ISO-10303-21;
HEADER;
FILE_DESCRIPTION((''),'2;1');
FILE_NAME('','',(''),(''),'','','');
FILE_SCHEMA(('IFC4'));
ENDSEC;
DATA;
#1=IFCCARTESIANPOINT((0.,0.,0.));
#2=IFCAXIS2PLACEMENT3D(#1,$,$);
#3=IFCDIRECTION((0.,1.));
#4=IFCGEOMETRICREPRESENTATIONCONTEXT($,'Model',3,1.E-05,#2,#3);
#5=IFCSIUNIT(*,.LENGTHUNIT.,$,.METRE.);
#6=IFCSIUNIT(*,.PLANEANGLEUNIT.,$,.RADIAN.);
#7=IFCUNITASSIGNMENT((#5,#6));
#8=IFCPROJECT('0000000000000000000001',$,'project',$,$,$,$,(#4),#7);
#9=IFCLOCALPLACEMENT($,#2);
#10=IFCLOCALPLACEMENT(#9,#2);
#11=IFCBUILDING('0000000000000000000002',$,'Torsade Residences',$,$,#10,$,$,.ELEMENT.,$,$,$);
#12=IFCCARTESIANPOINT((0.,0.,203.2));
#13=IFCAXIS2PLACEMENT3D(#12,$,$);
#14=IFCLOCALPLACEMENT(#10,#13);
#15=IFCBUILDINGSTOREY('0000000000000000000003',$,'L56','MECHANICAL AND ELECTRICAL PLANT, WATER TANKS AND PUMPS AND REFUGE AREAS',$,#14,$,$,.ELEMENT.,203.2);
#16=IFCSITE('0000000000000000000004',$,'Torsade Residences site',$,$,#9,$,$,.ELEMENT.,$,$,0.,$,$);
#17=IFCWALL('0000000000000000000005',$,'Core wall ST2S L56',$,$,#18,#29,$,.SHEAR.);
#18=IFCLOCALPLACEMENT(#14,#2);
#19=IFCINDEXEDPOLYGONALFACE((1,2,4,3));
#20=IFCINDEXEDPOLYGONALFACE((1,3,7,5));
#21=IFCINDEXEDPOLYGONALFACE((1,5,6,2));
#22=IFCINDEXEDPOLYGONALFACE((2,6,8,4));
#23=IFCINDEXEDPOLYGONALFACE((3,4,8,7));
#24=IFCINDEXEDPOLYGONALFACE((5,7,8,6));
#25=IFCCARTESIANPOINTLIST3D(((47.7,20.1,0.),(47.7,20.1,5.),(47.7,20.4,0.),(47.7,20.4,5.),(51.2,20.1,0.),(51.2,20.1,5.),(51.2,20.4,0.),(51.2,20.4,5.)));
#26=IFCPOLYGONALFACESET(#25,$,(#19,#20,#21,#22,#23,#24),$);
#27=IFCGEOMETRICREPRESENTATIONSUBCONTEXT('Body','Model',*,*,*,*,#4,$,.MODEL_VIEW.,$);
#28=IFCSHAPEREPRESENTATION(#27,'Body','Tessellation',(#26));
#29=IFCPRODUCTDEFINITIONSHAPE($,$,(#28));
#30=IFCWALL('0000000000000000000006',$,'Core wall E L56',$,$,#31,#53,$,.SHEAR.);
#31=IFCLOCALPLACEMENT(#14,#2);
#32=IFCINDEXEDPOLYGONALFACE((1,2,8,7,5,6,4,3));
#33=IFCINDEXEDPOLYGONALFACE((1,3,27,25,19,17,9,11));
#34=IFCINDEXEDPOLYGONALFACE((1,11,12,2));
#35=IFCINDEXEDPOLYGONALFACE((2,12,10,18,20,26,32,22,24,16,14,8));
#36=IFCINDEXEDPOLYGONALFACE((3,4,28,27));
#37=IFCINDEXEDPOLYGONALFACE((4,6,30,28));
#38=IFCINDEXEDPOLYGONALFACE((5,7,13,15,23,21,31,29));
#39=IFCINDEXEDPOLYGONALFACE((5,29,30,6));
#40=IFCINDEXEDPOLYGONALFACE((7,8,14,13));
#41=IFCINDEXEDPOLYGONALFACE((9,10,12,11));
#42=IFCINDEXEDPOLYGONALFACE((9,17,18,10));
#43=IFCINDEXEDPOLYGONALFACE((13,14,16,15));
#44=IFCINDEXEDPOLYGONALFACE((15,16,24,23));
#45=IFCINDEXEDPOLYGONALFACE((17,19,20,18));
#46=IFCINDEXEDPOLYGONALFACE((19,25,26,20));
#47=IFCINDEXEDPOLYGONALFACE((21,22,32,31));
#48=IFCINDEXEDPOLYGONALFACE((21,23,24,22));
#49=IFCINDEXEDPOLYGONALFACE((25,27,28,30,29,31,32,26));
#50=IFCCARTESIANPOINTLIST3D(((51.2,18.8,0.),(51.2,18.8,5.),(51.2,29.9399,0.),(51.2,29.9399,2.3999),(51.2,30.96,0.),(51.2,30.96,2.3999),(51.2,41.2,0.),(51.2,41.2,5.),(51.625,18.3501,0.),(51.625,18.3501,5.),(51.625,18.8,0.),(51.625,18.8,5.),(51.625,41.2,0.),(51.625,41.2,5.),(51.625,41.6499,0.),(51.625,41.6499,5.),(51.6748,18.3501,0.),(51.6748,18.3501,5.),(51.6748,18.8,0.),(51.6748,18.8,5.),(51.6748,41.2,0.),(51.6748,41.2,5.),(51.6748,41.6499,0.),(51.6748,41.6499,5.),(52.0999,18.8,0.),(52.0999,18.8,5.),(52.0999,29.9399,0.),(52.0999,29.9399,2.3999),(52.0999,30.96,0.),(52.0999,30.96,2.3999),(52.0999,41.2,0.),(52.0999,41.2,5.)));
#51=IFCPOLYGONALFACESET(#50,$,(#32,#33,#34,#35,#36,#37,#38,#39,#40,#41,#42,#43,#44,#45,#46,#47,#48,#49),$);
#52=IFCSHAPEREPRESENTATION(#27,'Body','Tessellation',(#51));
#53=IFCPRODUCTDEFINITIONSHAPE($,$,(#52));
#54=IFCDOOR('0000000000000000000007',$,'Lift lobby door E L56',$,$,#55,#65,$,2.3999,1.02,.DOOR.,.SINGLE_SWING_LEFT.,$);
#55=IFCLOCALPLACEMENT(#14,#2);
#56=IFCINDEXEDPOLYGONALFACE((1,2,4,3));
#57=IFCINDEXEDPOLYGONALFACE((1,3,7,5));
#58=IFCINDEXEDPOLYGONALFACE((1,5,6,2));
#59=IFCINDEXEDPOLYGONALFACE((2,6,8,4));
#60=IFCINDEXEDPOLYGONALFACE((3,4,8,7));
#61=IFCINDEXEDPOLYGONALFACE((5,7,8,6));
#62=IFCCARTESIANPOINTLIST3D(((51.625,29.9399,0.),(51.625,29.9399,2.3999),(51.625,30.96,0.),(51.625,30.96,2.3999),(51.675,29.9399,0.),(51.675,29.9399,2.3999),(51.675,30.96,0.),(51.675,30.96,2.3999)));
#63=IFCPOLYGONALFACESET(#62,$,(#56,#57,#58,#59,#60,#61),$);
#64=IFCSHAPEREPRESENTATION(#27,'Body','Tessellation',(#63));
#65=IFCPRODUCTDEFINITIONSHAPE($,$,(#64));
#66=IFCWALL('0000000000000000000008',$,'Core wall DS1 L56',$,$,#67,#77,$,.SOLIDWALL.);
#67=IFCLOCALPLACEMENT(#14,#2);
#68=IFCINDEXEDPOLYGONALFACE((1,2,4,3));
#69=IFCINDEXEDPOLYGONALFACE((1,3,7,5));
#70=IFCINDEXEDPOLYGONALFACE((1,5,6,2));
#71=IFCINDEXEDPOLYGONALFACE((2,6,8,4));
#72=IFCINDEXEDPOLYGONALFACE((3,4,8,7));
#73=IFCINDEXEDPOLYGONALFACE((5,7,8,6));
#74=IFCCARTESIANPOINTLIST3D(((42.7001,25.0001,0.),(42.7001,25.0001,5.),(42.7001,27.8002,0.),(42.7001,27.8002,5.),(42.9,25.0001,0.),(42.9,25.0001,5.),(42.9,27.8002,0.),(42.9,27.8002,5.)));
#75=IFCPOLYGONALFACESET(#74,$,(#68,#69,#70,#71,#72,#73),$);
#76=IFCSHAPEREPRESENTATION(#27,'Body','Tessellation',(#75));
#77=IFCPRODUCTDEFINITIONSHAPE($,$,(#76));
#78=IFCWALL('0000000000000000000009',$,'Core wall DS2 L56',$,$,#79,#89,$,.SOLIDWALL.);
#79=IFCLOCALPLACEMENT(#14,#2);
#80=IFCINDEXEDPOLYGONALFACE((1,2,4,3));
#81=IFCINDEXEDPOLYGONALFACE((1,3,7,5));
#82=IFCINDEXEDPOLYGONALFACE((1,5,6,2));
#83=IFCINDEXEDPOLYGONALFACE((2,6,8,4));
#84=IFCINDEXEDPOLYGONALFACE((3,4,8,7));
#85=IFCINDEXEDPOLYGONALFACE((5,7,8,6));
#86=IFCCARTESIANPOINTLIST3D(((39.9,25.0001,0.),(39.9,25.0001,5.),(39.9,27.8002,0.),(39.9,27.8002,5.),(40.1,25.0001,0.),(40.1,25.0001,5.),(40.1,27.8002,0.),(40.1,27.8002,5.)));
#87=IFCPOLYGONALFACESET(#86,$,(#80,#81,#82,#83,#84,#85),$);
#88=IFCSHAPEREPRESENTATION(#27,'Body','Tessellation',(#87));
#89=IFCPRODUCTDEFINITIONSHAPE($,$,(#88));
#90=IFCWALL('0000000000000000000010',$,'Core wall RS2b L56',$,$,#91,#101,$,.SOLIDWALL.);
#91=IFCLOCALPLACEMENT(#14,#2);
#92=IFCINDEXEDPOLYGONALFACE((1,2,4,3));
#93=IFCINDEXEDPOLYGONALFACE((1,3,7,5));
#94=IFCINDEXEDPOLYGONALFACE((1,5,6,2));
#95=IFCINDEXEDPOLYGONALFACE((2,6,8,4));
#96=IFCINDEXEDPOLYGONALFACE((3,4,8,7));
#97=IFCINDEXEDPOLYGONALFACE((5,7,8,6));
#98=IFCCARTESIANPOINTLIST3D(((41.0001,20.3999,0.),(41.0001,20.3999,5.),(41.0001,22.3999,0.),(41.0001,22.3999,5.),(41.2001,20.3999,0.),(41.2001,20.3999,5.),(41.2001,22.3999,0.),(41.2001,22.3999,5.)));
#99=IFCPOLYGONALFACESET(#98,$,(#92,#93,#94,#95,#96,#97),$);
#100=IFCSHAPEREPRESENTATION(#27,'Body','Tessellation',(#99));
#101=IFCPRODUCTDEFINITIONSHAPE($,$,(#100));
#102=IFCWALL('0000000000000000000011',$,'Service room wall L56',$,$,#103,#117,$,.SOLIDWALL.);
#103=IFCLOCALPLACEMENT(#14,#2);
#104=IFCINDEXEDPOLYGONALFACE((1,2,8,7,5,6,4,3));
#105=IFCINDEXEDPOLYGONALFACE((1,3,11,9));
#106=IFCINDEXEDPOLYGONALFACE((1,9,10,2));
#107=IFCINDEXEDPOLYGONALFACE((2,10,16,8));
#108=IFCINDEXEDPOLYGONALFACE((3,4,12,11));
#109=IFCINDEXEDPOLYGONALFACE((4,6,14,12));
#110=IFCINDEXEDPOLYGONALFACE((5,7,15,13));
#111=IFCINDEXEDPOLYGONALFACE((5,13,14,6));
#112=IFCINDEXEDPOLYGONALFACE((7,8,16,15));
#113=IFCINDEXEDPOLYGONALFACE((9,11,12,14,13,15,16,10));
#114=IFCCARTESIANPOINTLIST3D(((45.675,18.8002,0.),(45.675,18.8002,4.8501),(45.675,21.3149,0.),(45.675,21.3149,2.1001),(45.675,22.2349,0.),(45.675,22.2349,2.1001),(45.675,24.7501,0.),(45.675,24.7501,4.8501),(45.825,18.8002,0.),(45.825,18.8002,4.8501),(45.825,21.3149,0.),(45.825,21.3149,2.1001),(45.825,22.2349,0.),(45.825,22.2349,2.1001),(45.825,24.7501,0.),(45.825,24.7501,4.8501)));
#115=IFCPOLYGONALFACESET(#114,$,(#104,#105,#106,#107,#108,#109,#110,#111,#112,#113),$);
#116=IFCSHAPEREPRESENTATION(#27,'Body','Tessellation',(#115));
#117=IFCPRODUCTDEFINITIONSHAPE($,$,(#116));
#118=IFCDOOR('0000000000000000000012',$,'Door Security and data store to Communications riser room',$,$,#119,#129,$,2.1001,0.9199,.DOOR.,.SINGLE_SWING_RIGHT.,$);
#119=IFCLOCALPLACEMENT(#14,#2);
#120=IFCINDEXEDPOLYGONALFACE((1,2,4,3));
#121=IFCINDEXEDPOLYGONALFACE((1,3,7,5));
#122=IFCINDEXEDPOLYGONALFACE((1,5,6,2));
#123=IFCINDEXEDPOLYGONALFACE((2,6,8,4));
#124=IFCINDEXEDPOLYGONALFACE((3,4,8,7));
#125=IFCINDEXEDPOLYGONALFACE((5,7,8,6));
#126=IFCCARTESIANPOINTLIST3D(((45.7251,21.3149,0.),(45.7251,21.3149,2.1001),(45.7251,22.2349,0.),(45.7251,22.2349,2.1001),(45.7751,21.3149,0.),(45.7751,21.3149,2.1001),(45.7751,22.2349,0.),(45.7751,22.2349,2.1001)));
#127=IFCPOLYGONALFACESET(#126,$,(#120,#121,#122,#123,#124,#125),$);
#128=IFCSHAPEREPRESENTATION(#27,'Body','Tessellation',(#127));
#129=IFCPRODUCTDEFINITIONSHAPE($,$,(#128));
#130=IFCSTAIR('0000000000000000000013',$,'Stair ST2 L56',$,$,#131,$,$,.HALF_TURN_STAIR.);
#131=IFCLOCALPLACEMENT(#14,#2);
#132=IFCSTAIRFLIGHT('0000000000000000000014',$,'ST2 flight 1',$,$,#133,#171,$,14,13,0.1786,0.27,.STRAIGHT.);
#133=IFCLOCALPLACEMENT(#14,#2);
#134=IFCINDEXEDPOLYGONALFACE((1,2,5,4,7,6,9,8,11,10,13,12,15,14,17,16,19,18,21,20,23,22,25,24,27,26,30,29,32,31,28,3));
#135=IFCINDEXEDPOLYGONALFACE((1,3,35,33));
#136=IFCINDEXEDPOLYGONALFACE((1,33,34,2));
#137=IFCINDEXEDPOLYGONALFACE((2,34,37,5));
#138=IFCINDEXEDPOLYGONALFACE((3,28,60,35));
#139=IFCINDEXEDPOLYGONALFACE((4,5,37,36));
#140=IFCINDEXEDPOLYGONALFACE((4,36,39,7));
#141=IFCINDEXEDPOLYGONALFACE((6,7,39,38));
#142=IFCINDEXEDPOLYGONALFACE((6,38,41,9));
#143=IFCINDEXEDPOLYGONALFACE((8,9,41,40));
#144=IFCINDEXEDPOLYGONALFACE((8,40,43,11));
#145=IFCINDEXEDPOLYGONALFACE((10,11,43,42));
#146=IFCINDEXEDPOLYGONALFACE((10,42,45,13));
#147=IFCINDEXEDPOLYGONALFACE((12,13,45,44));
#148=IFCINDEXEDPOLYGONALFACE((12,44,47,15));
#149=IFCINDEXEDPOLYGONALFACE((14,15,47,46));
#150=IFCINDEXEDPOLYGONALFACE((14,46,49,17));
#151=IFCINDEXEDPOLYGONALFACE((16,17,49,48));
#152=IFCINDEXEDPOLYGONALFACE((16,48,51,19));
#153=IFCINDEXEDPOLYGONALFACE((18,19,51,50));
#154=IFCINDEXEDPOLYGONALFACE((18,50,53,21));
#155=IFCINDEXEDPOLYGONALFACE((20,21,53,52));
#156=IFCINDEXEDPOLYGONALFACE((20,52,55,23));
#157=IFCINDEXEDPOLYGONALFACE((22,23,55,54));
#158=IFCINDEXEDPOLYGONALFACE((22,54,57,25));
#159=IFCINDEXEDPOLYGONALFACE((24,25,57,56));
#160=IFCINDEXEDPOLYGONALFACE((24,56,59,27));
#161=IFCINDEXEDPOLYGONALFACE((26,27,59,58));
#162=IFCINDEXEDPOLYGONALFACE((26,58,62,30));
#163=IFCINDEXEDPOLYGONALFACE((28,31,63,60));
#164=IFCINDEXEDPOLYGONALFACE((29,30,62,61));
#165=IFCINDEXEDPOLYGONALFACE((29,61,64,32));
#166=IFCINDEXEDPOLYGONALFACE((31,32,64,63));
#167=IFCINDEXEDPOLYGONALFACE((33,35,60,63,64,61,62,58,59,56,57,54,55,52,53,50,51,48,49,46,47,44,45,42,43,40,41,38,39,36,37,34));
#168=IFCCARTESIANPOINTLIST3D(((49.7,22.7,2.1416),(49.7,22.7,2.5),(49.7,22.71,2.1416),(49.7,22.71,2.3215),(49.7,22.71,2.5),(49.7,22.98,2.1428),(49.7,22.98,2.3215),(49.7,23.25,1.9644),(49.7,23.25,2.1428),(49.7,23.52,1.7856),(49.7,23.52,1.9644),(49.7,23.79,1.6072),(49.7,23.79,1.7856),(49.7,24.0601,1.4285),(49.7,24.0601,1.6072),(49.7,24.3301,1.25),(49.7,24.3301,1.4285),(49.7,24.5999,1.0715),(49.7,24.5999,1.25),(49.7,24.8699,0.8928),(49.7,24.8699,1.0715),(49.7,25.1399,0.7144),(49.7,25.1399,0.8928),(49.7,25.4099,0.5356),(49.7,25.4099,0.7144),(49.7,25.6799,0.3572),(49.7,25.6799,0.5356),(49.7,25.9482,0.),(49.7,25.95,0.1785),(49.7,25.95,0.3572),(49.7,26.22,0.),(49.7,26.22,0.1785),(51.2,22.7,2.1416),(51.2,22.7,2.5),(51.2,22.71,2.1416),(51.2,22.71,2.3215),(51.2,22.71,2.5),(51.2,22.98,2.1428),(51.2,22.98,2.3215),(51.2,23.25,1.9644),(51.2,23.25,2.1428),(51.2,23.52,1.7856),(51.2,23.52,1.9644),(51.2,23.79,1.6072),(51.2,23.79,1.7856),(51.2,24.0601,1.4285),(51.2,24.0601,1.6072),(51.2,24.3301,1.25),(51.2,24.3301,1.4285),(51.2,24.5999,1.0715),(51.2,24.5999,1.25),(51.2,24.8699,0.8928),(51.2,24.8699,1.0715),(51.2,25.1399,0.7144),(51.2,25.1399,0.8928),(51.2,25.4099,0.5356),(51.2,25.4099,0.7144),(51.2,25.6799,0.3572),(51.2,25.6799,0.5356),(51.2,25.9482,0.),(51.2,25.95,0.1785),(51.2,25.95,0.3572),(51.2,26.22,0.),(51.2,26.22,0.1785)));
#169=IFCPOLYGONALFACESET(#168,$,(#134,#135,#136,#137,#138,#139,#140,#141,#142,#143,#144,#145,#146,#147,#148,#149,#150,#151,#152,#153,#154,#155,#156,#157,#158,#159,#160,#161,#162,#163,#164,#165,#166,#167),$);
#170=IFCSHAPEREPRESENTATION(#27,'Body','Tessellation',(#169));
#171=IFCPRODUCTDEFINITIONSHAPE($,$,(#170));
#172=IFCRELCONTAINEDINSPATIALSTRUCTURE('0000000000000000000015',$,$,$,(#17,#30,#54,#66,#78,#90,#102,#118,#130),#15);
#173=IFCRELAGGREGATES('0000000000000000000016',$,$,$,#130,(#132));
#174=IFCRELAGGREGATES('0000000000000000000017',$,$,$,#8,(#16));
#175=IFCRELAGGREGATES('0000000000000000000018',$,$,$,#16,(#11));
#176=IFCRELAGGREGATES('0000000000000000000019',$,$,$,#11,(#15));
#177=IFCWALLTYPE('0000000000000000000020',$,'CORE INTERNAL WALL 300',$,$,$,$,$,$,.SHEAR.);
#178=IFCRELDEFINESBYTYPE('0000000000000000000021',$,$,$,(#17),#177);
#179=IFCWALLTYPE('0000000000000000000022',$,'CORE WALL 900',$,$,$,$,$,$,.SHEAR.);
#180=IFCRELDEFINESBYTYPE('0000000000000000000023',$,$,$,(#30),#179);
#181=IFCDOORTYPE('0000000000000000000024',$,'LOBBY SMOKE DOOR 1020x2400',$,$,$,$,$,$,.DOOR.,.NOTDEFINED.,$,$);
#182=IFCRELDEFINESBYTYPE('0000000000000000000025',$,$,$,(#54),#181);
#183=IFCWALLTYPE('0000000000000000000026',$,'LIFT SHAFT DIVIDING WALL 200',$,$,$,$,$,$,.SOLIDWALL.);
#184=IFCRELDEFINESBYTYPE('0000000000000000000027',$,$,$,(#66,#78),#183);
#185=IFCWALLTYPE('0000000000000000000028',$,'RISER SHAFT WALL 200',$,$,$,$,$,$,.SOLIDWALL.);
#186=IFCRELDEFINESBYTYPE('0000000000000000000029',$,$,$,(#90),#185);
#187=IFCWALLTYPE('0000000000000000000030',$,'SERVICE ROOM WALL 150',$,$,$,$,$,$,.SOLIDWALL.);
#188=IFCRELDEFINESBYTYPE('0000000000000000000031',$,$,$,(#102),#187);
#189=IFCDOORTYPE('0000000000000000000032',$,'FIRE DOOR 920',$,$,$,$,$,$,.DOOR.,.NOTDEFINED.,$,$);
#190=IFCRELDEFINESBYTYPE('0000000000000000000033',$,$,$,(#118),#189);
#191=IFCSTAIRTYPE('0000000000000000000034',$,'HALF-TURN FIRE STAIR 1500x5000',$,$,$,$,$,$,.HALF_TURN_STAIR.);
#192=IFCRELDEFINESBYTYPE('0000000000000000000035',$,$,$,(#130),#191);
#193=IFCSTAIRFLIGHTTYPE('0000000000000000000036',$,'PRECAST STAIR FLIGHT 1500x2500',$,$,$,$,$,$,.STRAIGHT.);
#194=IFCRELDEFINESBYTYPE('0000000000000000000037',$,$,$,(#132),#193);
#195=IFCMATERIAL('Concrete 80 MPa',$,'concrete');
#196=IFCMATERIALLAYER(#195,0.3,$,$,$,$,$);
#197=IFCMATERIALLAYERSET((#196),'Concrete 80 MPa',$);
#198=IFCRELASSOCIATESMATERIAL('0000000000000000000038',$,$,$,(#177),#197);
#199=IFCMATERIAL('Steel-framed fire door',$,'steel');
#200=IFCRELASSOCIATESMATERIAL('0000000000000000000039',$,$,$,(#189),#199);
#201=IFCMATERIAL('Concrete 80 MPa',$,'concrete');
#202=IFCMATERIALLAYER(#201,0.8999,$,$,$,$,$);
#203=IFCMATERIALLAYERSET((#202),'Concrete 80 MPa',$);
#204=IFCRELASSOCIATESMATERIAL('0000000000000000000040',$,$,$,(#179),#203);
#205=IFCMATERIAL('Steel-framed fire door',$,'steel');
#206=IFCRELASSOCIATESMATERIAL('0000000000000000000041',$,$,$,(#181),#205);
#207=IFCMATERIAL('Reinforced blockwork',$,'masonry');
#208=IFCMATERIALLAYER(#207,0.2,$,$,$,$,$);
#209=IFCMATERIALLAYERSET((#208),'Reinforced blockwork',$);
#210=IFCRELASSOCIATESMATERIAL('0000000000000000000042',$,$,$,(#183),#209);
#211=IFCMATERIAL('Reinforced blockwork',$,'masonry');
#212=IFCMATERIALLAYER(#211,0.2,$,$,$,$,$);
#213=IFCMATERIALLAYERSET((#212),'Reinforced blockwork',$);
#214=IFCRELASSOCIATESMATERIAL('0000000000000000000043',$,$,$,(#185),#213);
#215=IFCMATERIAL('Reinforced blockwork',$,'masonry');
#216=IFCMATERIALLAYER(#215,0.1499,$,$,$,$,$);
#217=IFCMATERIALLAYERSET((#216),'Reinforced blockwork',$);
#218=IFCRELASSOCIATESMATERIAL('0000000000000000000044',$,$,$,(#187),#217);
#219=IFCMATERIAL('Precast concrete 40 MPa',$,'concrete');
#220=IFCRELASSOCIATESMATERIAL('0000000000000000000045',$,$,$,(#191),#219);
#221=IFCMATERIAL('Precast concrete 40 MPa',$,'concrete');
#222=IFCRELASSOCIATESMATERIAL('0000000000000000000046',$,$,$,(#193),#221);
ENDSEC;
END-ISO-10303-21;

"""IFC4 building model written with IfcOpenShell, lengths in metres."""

from ifc_helpers import new_model, si_unit, direction, frame, frame_2d, origin, place, context, subcontext, project, spatial, polyline, rectangle, outline, extrude, material, layer, layer_set, type_object, element, fill, aggregate, save


model = new_model("IFC4")

# Units and contexts
model_context = context("Model", 3, precision=1e-05, world=origin(), true_north=direction((0.0, 1.0)))
body_context = subcontext(model_context, "Body", "Model", "MODEL_VIEW")
ifc_project = project(units=[si_unit("LENGTHUNIT", "METRE"), si_unit("PLANEANGLEUNIT", "RADIAN")], contexts=[model_context])

# Site, building, storey
site_placement = place(None, origin())
site = spatial("IfcSite", under=ifc_project, at=site_placement, Name="Torsade Residences site", CompositionType="ELEMENT", RefElevation=0.0)
building_placement = place(site_placement, origin())
building = spatial("IfcBuilding", under=site, at=building_placement, Name="Torsade Residences", CompositionType="ELEMENT")
storey_placement = place(building_placement, frame((0.0, 0.0, 203.2)))
storey = spatial("IfcBuildingStorey", under=building, at=storey_placement, Name="L56", Description="MECHANICAL AND ELECTRICAL PLANT, WATER TANKS AND PUMPS AND REFUGE AREAS", CompositionType="ELEMENT", Elevation=203.2)

# Shared definitions
ifc_material_1 = material(Name="Concrete 80 MPa", Category="concrete")
ifc_layer_1 = layer(ifc_material_1, 0.3)
ifc_layer_set_1 = layer_set([ifc_layer_1], Name="Concrete 80 MPa")
wall_type_1 = type_object("IfcWallType", Name="CORE INTERNAL WALL 300", PredefinedType="SHEAR", material=ifc_layer_set_1)
ifc_material_2 = material(Name="Steel-framed fire door", Category="steel")
door_type_1 = type_object("IfcDoorType", Name="FIRE DOOR 920", OperationType="NOTDEFINED", PredefinedType="DOOR", material=ifc_material_2)

# Wall
wall_1_placement = place(storey_placement, frame((51.2, 20.25, 0.0), z_axis=(0.0, 0.0, 1.0), x_axis=(-1.0, 0.0, 0.0)))
element("IfcWall", 1, at=wall_1_placement, inside=storey, type_object=wall_type_1, Name="Core wall ST2S L56", PredefinedType="SHEAR", context=body_context, shape_type="SweptSolid", body=[
    extrude(rectangle(XDim=3.5, YDim=0.3, at=frame_2d((1.75, 0.0))), origin(), (0.0, 0.0, 1.0), 5.0),
])

# Wall, opening, door
ifc_material_3 = material(Name="Concrete 80 MPa", Category="concrete")
ifc_layer_2 = layer(ifc_material_3, 0.8999)
ifc_layer_set_2 = layer_set([ifc_layer_2], Name="Concrete 80 MPa")
wall_type_2 = type_object("IfcWallType", Name="CORE WALL 900", PredefinedType="SHEAR", material=ifc_layer_set_2)
wall_2_placement = place(storey_placement, frame((51.6499, 18.8, 0.0), z_axis=(0.0, 0.0, 1.0), x_axis=(0.0, 1.0, 0.0)))
wall_2 = element("IfcWall", 2, at=wall_2_placement, inside=storey, type_object=wall_type_2, Name="Core wall E L56", PredefinedType="SHEAR", context=body_context, shape_type="SweptSolid", body=[
    extrude(outline(polyline([(0.0, -0.45), (22.3999, -0.45), (22.3999, -0.0249), (22.8499, -0.0249), (22.8499, 0.0249), (22.3999, 0.0249), (22.3999, 0.45), (0.0, 0.45), (0.0, 0.0249), (-0.45, 0.0249), (-0.45, -0.0249), (0.0, -0.0249), (0.0, -0.45)])), origin(), (0.0, 0.0, 1.0), 5.0),
])
opening_1_placement = place(wall_2_placement, frame((11.1399, 0.0, 0.0)))
opening_1 = element("IfcOpeningElement", 3, at=opening_1_placement, cuts=wall_2, PredefinedType="OPENING", context=body_context, shape_type="SweptSolid", body=[
    extrude(rectangle(XDim=1.02, YDim=2.3999, at=frame_2d((0.51, 1.2))), frame((0.0, 0.46, 0.0), z_axis=(0.0, -1.0, 0.0), x_axis=(1.0, 0.0, 0.0)), (0.0, 0.0, 1.0), 0.9199),
])
ifc_material_4 = material(Name="Steel-framed fire door", Category="steel")
door_type_2 = type_object("IfcDoorType", Name="LOBBY SMOKE DOOR 1020x2400", OperationType="NOTDEFINED", PredefinedType="DOOR", material=ifc_material_4)
door_1_placement = place(opening_1_placement, origin())
door_1 = element("IfcDoor", 4, at=door_1_placement, inside=storey, type_object=door_type_2, Name="Lift lobby door E L56", OperationType="SINGLE_SWING_LEFT", OverallHeight=2.3999, OverallWidth=1.02, PredefinedType="DOOR", context=body_context, shape_type="SweptSolid", body=[
    extrude(rectangle(XDim=1.02, YDim=2.3999, at=frame_2d((0.51, 1.2))), frame((0.0, 0.0249, 0.0), z_axis=(0.0, -1.0, 0.0), x_axis=(1.0, 0.0, 0.0)), (0.0, 0.0, 1.0), 0.05),
])
fill(opening_1, door_1)

# Walls
ifc_material_5 = material(Name="Reinforced blockwork", Category="masonry")
ifc_layer_3 = layer(ifc_material_5, 0.2)
ifc_layer_set_3 = layer_set([ifc_layer_3], Name="Reinforced blockwork")
wall_type_3 = type_object("IfcWallType", Name="LIFT SHAFT DIVIDING WALL 200", PredefinedType="SOLIDWALL", material=ifc_layer_set_3)
for number, where, z_axis, x_axis, name in (
    (5, (42.8, 27.8, 0.0), (0.0, 0.0, 1.0), (0.0, -1.0, 0.0), "Core wall DS1 L56"),
    (6, (40.0, 27.8, 0.0), (0.0, 0.0, 1.0), (0.0, -1.0, 0.0), "Core wall DS2 L56"),
):
    element("IfcWall", number, at=place(storey_placement, frame(where, z_axis=z_axis, x_axis=x_axis)), inside=storey, type_object=wall_type_3, Name=name, PredefinedType="SOLIDWALL", context=body_context, shape_type="SweptSolid", body=[
        extrude(rectangle(XDim=2.8, YDim=0.2, at=frame_2d((1.3999, 0.0))), origin(), (0.0, 0.0, 1.0), 5.0),
    ])
ifc_material_6 = material(Name="Reinforced blockwork", Category="masonry")
ifc_layer_4 = layer(ifc_material_6, 0.2)
ifc_layer_set_4 = layer_set([ifc_layer_4], Name="Reinforced blockwork")
wall_type_4 = type_object("IfcWallType", Name="RISER SHAFT WALL 200", PredefinedType="SOLIDWALL", material=ifc_layer_set_4)
wall_3_placement = place(storey_placement, frame((41.1001, 22.3999, 0.0), z_axis=(0.0, 0.0, 1.0), x_axis=(0.0, -1.0, 0.0)))
element("IfcWall", 7, at=wall_3_placement, inside=storey, type_object=wall_type_4, Name="Core wall RS2b L56", PredefinedType="SOLIDWALL", context=body_context, shape_type="SweptSolid", body=[
    extrude(rectangle(XDim=2.0, YDim=0.2, at=frame_2d((1.0, 0.0))), origin(), (0.0, 0.0, 1.0), 5.0),
])

# Wall, opening, door
ifc_material_7 = material(Name="Reinforced blockwork", Category="masonry")
ifc_layer_5 = layer(ifc_material_7, 0.1499)
ifc_layer_set_5 = layer_set([ifc_layer_5], Name="Reinforced blockwork")
wall_type_5 = type_object("IfcWallType", Name="SERVICE ROOM WALL 150", PredefinedType="SOLIDWALL", material=ifc_layer_set_5)
wall_4_placement = place(storey_placement, frame((45.75, 18.8, 0.0), z_axis=(0.0, 0.0, 1.0), x_axis=(0.0, 1.0, 0.0)))
wall_4 = element("IfcWall", 8, at=wall_4_placement, inside=storey, type_object=wall_type_5, Name="Service room wall L56", PredefinedType="SOLIDWALL", context=body_context, shape_type="SweptSolid", body=[
    extrude(rectangle(XDim=5.95, YDim=0.1499, at=frame_2d((2.9751, 0.0))), origin(), (0.0, 0.0, 1.0), 4.8501),
])
opening_2_placement = place(wall_4_placement, frame((2.5149, 0.0, 0.0)))
opening_2 = element("IfcOpeningElement", 9, at=opening_2_placement, cuts=wall_4, PredefinedType="OPENING", context=body_context, shape_type="SweptSolid", body=[
    extrude(rectangle(XDim=0.9199, YDim=2.1001, at=frame_2d((0.46, 1.05))), frame((0.0, 0.085, 0.0), z_axis=(0.0, -1.0, 0.0), x_axis=(1.0, 0.0, 0.0)), (0.0, 0.0, 1.0), 0.1699),
])
door_2_placement = place(opening_2_placement, origin())
door_2 = element("IfcDoor", 10, at=door_2_placement, inside=storey, type_object=door_type_1, Name="Door Security and data store to Communications riser room", OperationType="SINGLE_SWING_RIGHT", OverallHeight=2.1001, OverallWidth=0.9199, PredefinedType="DOOR", context=body_context, shape_type="SweptSolid", body=[
    extrude(rectangle(XDim=0.9199, YDim=2.1001, at=frame_2d((0.46, 1.05))), frame((0.0, 0.0249, 0.0), z_axis=(0.0, -1.0, 0.0), x_axis=(1.0, 0.0, 0.0)), (0.0, 0.0, 1.0), 0.05),
])
fill(opening_2, door_2)

# Stair, stair flight
ifc_material_8 = material(Name="Precast concrete 40 MPa", Category="concrete")
stair_type = type_object("IfcStairType", Name="HALF-TURN FIRE STAIR 1500x5000", PredefinedType="HALF_TURN_STAIR", material=ifc_material_8)
stair_placement = place(storey_placement, origin())
stair = element("IfcStair", 11, at=stair_placement, inside=storey, type_object=stair_type, Name="Stair ST2 L56", PredefinedType="HALF_TURN_STAIR")
ifc_material_9 = material(Name="Precast concrete 40 MPa", Category="concrete")
stair_flight_type = type_object("IfcStairFlightType", Name="PRECAST STAIR FLIGHT 1500x2500", PredefinedType="STRAIGHT", material=ifc_material_9)
stair_flight_1_placement = place(storey_placement, frame((50.45, 26.22, 0.0), z_axis=(0.0, 0.0, 1.0), x_axis=(0.0, -1.0, 0.0)))
stair_flight_1 = element("IfcStairFlight", 12, at=stair_flight_1_placement, type_object=stair_flight_type, Name="ST2 flight 1", NumberOfRisers=14, NumberOfTreads=13, PredefinedType="STRAIGHT", RiserHeight=0.1786, TreadLength=0.27, context=body_context, shape_type="SweptSolid", body=[
    extrude(outline(polyline([(0.0, 0.0), (0.0, 0.1785), (0.27, 0.1785), (0.27, 0.3572), (0.54, 0.3572), (0.54, 0.5356), (0.8101, 0.5356), (0.8101, 0.7144), (1.0801, 0.7144), (1.0801, 0.8928), (1.3501, 0.8928), (1.3501, 1.0715), (1.6201, 1.0715), (1.6201, 1.25), (1.8899, 1.25), (1.8899, 1.4285), (2.1599, 1.4285), (2.1599, 1.6072), (2.4299, 1.6072), (2.4299, 1.7856), (2.7, 1.7856), (2.7, 1.9644), (2.97, 1.9644), (2.97, 2.1428), (3.24, 2.1428), (3.24, 2.3215), (3.51, 2.3215), (3.51, 2.5), (3.52, 2.5), (3.52, 2.1416), (3.51, 2.1416), (0.2717, 0.0), (0.0, 0.0)])), frame((0.0, 0.75, 0.0), z_axis=(0.0, -1.0, 0.0), x_axis=(1.0, 0.0, 0.0)), (0.0, 0.0, 1.0), 1.5),
])
aggregate(stair, [stair_flight_1])

save(model, "model.ifc")
